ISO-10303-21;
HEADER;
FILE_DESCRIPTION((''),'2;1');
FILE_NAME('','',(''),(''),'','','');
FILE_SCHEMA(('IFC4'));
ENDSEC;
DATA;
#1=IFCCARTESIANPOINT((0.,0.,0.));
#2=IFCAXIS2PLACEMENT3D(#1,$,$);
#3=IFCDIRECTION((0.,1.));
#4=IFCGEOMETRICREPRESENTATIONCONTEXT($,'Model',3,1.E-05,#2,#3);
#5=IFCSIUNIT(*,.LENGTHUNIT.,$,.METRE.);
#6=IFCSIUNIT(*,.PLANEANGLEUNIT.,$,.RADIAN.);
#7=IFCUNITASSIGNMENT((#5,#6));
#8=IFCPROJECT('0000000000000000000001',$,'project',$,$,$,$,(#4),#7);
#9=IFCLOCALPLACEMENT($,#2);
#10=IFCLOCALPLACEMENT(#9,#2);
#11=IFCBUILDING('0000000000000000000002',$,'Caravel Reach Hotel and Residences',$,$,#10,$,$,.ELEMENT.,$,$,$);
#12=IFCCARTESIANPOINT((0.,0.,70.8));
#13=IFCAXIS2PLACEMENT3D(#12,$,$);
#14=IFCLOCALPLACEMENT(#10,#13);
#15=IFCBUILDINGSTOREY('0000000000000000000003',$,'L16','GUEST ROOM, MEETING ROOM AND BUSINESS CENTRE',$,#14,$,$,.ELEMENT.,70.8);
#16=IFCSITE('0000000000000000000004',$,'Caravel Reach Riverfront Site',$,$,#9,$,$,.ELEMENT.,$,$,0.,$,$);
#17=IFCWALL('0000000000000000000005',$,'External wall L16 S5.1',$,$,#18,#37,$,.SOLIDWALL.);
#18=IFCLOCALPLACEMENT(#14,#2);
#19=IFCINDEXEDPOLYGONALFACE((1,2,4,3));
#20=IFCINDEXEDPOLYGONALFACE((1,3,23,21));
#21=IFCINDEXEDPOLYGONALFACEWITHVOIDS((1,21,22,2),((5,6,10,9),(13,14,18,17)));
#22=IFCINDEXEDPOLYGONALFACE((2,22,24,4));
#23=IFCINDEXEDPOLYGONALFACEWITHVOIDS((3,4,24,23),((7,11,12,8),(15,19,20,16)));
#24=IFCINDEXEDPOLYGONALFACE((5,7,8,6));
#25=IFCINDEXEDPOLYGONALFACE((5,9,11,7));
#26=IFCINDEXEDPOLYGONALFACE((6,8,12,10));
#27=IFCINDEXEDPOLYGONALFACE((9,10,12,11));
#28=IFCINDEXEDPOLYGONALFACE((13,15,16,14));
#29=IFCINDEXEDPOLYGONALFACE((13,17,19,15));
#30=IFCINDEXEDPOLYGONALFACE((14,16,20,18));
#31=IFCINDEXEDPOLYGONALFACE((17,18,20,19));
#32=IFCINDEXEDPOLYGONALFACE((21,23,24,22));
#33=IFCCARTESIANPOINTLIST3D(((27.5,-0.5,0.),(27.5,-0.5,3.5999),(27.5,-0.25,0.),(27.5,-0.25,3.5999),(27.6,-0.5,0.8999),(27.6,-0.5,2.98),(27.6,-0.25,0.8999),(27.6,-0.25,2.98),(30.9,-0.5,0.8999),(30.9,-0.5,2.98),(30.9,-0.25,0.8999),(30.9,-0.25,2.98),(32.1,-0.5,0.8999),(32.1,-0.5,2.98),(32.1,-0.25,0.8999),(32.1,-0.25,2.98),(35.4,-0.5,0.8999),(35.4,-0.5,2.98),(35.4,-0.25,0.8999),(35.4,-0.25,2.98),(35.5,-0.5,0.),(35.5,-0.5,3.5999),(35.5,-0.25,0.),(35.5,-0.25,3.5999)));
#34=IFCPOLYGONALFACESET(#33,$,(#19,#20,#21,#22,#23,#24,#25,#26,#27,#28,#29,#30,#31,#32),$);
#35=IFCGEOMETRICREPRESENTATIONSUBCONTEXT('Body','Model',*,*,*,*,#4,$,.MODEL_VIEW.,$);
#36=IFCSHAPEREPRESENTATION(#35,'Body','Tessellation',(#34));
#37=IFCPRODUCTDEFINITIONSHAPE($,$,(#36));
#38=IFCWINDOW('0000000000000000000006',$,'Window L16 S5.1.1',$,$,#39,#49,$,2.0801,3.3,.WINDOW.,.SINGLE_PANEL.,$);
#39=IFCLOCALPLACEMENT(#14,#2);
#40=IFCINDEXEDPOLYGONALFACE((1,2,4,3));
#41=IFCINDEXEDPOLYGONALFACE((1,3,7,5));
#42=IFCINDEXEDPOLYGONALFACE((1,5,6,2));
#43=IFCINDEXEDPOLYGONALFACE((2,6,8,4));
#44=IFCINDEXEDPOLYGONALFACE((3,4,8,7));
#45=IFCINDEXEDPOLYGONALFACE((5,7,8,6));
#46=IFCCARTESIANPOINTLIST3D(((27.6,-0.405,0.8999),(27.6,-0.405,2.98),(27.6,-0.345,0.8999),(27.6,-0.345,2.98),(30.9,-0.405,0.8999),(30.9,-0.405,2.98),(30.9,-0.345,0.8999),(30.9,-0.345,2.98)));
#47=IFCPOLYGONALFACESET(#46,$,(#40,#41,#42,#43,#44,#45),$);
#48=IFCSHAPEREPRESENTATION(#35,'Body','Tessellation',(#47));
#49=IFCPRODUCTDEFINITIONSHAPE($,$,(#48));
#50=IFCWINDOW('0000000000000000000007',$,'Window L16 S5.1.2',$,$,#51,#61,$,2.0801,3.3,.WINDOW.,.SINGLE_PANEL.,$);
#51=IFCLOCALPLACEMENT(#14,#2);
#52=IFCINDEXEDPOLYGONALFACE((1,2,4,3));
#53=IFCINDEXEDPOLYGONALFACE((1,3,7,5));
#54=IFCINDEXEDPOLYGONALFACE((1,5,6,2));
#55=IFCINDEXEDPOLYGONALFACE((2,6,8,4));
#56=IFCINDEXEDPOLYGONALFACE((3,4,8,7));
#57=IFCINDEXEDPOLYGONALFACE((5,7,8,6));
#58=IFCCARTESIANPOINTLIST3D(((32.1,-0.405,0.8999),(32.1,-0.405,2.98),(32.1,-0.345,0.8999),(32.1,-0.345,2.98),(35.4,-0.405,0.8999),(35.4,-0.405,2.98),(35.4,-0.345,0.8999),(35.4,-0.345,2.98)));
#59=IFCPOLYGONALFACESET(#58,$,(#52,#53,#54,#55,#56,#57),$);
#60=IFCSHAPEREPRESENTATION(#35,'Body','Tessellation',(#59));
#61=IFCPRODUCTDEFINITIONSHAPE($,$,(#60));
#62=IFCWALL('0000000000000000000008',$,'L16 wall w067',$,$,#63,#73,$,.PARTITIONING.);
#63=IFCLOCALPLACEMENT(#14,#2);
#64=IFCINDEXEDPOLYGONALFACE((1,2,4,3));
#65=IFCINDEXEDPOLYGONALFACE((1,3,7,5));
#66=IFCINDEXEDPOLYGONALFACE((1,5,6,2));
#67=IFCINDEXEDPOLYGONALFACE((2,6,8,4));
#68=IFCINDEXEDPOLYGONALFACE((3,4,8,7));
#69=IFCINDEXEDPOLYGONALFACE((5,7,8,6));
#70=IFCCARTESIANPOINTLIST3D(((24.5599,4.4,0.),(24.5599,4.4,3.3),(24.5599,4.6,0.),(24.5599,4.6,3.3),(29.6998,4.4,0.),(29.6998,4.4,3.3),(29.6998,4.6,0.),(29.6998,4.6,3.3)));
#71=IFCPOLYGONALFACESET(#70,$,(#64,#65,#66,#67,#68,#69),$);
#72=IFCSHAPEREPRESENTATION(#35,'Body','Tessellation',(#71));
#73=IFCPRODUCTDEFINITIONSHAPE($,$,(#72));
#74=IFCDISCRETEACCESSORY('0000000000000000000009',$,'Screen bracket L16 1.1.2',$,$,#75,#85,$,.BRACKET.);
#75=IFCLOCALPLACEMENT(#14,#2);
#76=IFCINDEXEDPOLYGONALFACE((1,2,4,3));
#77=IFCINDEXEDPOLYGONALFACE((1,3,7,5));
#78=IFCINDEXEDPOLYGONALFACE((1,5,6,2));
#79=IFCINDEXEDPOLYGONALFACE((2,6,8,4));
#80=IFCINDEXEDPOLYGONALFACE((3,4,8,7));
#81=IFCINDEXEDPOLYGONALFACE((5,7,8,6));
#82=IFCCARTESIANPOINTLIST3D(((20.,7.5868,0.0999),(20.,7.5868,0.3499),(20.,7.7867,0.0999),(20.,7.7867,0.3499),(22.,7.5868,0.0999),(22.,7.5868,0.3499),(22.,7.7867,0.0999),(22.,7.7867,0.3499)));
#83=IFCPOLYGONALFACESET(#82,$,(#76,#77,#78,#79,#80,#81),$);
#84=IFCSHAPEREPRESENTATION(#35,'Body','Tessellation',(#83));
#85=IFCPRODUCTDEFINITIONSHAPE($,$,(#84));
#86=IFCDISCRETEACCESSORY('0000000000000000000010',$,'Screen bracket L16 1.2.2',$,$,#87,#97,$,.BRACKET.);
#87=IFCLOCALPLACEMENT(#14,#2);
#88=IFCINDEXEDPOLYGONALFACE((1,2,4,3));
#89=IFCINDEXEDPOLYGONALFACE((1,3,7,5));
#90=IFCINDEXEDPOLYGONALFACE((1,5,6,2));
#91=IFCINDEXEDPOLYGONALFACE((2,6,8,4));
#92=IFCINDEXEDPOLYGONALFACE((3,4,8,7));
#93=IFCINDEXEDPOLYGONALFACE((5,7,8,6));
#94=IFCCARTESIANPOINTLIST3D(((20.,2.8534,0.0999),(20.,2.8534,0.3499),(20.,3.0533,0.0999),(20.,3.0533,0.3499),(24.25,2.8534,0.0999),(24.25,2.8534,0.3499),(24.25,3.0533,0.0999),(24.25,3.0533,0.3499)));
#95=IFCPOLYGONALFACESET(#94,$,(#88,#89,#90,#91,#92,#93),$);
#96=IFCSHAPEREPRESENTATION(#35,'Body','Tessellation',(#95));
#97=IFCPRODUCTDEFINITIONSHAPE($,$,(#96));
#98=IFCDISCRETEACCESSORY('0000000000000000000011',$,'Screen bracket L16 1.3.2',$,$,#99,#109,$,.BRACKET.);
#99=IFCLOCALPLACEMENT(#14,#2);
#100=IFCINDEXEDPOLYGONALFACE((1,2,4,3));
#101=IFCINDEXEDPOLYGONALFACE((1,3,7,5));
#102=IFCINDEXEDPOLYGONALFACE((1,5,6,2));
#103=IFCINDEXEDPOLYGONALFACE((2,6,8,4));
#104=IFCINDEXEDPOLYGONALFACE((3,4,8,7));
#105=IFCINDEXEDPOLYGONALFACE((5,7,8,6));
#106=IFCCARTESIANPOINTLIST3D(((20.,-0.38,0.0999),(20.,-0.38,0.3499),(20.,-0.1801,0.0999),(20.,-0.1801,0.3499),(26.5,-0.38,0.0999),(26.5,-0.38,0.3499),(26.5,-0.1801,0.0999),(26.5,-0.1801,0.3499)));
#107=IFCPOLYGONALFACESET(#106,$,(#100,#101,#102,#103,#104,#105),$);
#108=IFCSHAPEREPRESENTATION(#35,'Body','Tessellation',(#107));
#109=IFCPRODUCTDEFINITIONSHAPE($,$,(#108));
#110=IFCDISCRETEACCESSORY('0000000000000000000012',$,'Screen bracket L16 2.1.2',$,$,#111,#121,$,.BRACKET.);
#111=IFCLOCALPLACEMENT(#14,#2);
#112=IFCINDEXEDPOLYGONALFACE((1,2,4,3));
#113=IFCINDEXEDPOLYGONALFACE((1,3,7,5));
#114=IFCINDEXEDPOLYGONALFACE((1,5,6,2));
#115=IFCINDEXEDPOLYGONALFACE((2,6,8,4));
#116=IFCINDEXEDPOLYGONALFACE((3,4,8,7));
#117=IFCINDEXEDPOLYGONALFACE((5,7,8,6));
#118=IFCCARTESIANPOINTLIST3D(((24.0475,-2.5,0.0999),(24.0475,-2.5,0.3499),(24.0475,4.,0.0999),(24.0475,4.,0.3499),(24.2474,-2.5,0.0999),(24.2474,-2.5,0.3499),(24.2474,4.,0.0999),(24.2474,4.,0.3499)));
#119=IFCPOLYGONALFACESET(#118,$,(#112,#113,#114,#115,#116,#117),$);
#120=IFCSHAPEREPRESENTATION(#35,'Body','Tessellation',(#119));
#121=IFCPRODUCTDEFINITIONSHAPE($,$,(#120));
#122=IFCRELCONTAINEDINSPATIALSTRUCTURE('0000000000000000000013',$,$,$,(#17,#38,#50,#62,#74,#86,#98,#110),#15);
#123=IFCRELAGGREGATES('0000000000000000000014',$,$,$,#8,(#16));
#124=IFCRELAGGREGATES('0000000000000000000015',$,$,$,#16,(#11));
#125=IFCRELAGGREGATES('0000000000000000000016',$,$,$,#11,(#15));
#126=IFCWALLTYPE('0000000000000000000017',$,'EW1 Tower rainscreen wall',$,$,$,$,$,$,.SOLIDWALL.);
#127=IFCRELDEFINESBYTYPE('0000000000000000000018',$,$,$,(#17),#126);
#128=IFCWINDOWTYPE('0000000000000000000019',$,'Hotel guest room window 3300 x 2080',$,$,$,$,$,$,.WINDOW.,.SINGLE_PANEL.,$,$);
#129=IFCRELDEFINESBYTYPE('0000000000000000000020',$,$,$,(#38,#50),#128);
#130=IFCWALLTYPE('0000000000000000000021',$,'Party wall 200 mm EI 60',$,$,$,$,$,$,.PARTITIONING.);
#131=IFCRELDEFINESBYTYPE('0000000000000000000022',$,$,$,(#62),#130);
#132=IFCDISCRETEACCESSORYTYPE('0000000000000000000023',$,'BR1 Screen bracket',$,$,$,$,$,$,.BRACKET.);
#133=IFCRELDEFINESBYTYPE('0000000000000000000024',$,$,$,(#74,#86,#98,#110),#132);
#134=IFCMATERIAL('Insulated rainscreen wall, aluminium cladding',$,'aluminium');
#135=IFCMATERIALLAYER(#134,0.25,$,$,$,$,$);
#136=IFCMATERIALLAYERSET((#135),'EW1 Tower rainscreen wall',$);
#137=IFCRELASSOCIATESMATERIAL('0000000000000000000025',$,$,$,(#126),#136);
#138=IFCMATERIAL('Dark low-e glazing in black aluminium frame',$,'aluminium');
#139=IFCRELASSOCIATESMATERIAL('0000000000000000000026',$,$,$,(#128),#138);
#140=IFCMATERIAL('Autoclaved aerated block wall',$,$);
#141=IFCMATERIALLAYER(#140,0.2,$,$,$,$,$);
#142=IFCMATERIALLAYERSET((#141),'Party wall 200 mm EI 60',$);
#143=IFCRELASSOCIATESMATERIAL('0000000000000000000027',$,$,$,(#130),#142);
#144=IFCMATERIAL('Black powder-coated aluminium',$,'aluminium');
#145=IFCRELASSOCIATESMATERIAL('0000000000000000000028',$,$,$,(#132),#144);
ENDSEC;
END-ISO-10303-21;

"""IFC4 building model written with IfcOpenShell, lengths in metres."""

from ifc_helpers import new_model, si_unit, direction, frame, frame_2d, origin, origin_2d, place, context, subcontext, project, spatial, rectangle, extrude, material, layer, layer_set, type_object, element, fill, save


model = new_model("IFC4")

# Units and contexts
model_context = context("Model", 3, precision=1e-05, world=origin(), true_north=direction((0.0, 1.0)))
body_context = subcontext(model_context, "Body", "Model", "MODEL_VIEW")
ifc_project = project(units=[si_unit("LENGTHUNIT", "METRE"), si_unit("PLANEANGLEUNIT", "RADIAN")], contexts=[model_context])

# Site, building, storey
site_placement = place(None, origin())
site = spatial("IfcSite", under=ifc_project, at=site_placement, Name="Caravel Reach Riverfront Site", CompositionType="ELEMENT", RefElevation=0.0)
building_placement = place(site_placement, origin())
building = spatial("IfcBuilding", under=site, at=building_placement, Name="Caravel Reach Hotel and Residences", CompositionType="ELEMENT")
storey_placement = place(building_placement, frame((0.0, 0.0, 70.8)))
storey = spatial("IfcBuildingStorey", under=building, at=storey_placement, Name="L16", Description="GUEST ROOM, MEETING ROOM AND BUSINESS CENTRE", CompositionType="ELEMENT", Elevation=70.8)

# Shared definitions
ifc_material_1 = material(Name="Insulated rainscreen wall, aluminium cladding", Category="aluminium")
ifc_layer_1 = layer(ifc_material_1, 0.25)
ifc_layer_set_1 = layer_set([ifc_layer_1], Name="EW1 Tower rainscreen wall")
wall_type_1 = type_object("IfcWallType", Name="EW1 Tower rainscreen wall", PredefinedType="SOLIDWALL", material=ifc_layer_set_1)

# Wall, openings, windows
wall_1_placement = place(storey_placement, frame((27.5, -0.375, 0.0), z_axis=(0.0, 0.0, 1.0), x_axis=(1.0, 0.0, 0.0)))
wall_1 = element("IfcWall", 1, at=wall_1_placement, inside=storey, type_object=wall_type_1, Name="External wall L16 S5.1", PredefinedType="SOLIDWALL", context=body_context, shape_type="SweptSolid", body=[
    extrude(rectangle(XDim=8.0, YDim=0.25, at=frame_2d((4.0, 0.0))), origin(), (0.0, 0.0, 1.0), 3.5999),
])
opening_1_placement = place(wall_1_placement, frame((0.1001, 0.0, 0.8999)))
opening_1 = element("IfcOpeningElement", 2, at=opening_1_placement, cuts=wall_1, PredefinedType="OPENING", context=body_context, shape_type="SweptSolid", body=[
    extrude(rectangle(XDim=3.3, YDim=2.0801, at=frame_2d((1.6499, 1.04))), frame((0.0, 0.135, 0.0), z_axis=(0.0, -1.0, 0.0), x_axis=(1.0, 0.0, 0.0)), (0.0, 0.0, 1.0), 0.27),
])
opening_2_placement = place(wall_1_placement, frame((4.6001, 0.0, 0.8999)))
opening_2 = element("IfcOpeningElement", 3, at=opening_2_placement, cuts=wall_1, PredefinedType="OPENING", context=body_context, shape_type="SweptSolid", body=[
    extrude(rectangle(XDim=3.3, YDim=2.0801, at=frame_2d((1.6499, 1.04))), frame((0.0, 0.135, 0.0), z_axis=(0.0, -1.0, 0.0), x_axis=(1.0, 0.0, 0.0)), (0.0, 0.0, 1.0), 0.27),
])
ifc_material_2 = material(Name="Dark low-e glazing in black aluminium frame", Category="aluminium")
window_type_1 = type_object("IfcWindowType", Name="Hotel guest room window 3300 x 2080", PartitioningType="SINGLE_PANEL", PredefinedType="WINDOW", material=ifc_material_2)
window_1_placement = place(opening_1_placement, origin())
window_1 = element("IfcWindow", 4, at=window_1_placement, inside=storey, type_object=window_type_1, Name="Window L16 S5.1.1", OverallHeight=2.0801, OverallWidth=3.3, PartitioningType="SINGLE_PANEL", PredefinedType="WINDOW", context=body_context, shape_type="SweptSolid", body=[
    extrude(rectangle(XDim=3.3, YDim=2.0801, at=frame_2d((1.6499, 1.04))), frame((0.0, 0.03, 0.0), z_axis=(0.0, -1.0, 0.0), x_axis=(1.0, 0.0, 0.0)), (0.0, 0.0, 1.0), 0.0601),
])
fill(opening_1, window_1)
window_2_placement = place(opening_2_placement, origin())
window_2 = element("IfcWindow", 5, at=window_2_placement, inside=storey, type_object=window_type_1, Name="Window L16 S5.1.2", OverallHeight=2.0801, OverallWidth=3.3, PartitioningType="SINGLE_PANEL", PredefinedType="WINDOW", context=body_context, shape_type="SweptSolid", body=[
    extrude(rectangle(XDim=3.3, YDim=2.0801, at=frame_2d((1.6499, 1.04))), frame((0.0, 0.03, 0.0), z_axis=(0.0, -1.0, 0.0), x_axis=(1.0, 0.0, 0.0)), (0.0, 0.0, 1.0), 0.0601),
])
fill(opening_2, window_2)

# Wall
ifc_material_3 = material(Name="Autoclaved aerated block wall")
ifc_layer_2 = layer(ifc_material_3, 0.2)
ifc_layer_set_2 = layer_set([ifc_layer_2], Name="Party wall 200 mm EI 60")
wall_type_2 = type_object("IfcWallType", Name="Party wall 200 mm EI 60", PredefinedType="PARTITIONING", material=ifc_layer_set_2)
wall_2_placement = place(storey_placement, frame((24.5601, 4.5, 0.0), z_axis=(0.0, 0.0, 1.0), x_axis=(1.0, 0.0, 0.0)))
element("IfcWall", 6, at=wall_2_placement, inside=storey, type_object=wall_type_2, Name="L16 wall w067", PredefinedType="PARTITIONING", context=body_context, shape_type="SweptSolid", body=[
    extrude(rectangle(XDim=5.1399, YDim=0.2, at=frame_2d((2.5698, 0.0))), origin(), (0.0, 0.0, 1.0), 3.3),
])

# Discrete accessories
ifc_material_4 = material(Name="Black powder-coated aluminium", Category="aluminium")
discrete_accessory_type = type_object("IfcDiscreteAccessoryType", Name="BR1 Screen bracket", PredefinedType="BRACKET", material=ifc_material_4)
discrete_accessory_1_placement = place(storey_placement, frame((21.0, 7.6868, 0.0999), z_axis=(0.0, 0.0, 1.0), x_axis=(-1.0, 0.0, 0.0)))
element("IfcDiscreteAccessory", 7, at=discrete_accessory_1_placement, inside=storey, type_object=discrete_accessory_type, Name="Screen bracket L16 1.1.2", PredefinedType="BRACKET", context=body_context, shape_type="SweptSolid", body=[
    extrude(rectangle(XDim=2.0, YDim=0.2, at=origin_2d()), origin(), (0.0, 0.0, 1.0), 0.25),
])
discrete_accessory_2_placement = place(storey_placement, frame((22.125, 2.9534, 0.0999), z_axis=(0.0, 0.0, 1.0), x_axis=(-1.0, 0.0, 0.0)))
element("IfcDiscreteAccessory", 8, at=discrete_accessory_2_placement, inside=storey, type_object=discrete_accessory_type, Name="Screen bracket L16 1.2.2", PredefinedType="BRACKET", context=body_context, shape_type="SweptSolid", body=[
    extrude(rectangle(XDim=4.25, YDim=0.2, at=origin_2d()), origin(), (0.0, 0.0, 1.0), 0.25),
])
for number, where, z_axis, x_axis, name in (
    (9, (23.25, -0.28, 0.0999), (0.0, 0.0, 1.0), (-1.0, 0.0, 0.0), "Screen bracket L16 1.3.2"),
    (10, (24.1475, 0.75, 0.0999), (0.0, 0.0, 1.0), (0.0, -1.0, 0.0), "Screen bracket L16 2.1.2"),
):
    element("IfcDiscreteAccessory", number, at=place(storey_placement, frame(where, z_axis=z_axis, x_axis=x_axis)), inside=storey, type_object=discrete_accessory_type, Name=name, PredefinedType="BRACKET", context=body_context, shape_type="SweptSolid", body=[
        extrude(rectangle(XDim=6.5, YDim=0.2, at=origin_2d()), origin(), (0.0, 0.0, 1.0), 0.25),
    ])

save(model, "model.ifc")
